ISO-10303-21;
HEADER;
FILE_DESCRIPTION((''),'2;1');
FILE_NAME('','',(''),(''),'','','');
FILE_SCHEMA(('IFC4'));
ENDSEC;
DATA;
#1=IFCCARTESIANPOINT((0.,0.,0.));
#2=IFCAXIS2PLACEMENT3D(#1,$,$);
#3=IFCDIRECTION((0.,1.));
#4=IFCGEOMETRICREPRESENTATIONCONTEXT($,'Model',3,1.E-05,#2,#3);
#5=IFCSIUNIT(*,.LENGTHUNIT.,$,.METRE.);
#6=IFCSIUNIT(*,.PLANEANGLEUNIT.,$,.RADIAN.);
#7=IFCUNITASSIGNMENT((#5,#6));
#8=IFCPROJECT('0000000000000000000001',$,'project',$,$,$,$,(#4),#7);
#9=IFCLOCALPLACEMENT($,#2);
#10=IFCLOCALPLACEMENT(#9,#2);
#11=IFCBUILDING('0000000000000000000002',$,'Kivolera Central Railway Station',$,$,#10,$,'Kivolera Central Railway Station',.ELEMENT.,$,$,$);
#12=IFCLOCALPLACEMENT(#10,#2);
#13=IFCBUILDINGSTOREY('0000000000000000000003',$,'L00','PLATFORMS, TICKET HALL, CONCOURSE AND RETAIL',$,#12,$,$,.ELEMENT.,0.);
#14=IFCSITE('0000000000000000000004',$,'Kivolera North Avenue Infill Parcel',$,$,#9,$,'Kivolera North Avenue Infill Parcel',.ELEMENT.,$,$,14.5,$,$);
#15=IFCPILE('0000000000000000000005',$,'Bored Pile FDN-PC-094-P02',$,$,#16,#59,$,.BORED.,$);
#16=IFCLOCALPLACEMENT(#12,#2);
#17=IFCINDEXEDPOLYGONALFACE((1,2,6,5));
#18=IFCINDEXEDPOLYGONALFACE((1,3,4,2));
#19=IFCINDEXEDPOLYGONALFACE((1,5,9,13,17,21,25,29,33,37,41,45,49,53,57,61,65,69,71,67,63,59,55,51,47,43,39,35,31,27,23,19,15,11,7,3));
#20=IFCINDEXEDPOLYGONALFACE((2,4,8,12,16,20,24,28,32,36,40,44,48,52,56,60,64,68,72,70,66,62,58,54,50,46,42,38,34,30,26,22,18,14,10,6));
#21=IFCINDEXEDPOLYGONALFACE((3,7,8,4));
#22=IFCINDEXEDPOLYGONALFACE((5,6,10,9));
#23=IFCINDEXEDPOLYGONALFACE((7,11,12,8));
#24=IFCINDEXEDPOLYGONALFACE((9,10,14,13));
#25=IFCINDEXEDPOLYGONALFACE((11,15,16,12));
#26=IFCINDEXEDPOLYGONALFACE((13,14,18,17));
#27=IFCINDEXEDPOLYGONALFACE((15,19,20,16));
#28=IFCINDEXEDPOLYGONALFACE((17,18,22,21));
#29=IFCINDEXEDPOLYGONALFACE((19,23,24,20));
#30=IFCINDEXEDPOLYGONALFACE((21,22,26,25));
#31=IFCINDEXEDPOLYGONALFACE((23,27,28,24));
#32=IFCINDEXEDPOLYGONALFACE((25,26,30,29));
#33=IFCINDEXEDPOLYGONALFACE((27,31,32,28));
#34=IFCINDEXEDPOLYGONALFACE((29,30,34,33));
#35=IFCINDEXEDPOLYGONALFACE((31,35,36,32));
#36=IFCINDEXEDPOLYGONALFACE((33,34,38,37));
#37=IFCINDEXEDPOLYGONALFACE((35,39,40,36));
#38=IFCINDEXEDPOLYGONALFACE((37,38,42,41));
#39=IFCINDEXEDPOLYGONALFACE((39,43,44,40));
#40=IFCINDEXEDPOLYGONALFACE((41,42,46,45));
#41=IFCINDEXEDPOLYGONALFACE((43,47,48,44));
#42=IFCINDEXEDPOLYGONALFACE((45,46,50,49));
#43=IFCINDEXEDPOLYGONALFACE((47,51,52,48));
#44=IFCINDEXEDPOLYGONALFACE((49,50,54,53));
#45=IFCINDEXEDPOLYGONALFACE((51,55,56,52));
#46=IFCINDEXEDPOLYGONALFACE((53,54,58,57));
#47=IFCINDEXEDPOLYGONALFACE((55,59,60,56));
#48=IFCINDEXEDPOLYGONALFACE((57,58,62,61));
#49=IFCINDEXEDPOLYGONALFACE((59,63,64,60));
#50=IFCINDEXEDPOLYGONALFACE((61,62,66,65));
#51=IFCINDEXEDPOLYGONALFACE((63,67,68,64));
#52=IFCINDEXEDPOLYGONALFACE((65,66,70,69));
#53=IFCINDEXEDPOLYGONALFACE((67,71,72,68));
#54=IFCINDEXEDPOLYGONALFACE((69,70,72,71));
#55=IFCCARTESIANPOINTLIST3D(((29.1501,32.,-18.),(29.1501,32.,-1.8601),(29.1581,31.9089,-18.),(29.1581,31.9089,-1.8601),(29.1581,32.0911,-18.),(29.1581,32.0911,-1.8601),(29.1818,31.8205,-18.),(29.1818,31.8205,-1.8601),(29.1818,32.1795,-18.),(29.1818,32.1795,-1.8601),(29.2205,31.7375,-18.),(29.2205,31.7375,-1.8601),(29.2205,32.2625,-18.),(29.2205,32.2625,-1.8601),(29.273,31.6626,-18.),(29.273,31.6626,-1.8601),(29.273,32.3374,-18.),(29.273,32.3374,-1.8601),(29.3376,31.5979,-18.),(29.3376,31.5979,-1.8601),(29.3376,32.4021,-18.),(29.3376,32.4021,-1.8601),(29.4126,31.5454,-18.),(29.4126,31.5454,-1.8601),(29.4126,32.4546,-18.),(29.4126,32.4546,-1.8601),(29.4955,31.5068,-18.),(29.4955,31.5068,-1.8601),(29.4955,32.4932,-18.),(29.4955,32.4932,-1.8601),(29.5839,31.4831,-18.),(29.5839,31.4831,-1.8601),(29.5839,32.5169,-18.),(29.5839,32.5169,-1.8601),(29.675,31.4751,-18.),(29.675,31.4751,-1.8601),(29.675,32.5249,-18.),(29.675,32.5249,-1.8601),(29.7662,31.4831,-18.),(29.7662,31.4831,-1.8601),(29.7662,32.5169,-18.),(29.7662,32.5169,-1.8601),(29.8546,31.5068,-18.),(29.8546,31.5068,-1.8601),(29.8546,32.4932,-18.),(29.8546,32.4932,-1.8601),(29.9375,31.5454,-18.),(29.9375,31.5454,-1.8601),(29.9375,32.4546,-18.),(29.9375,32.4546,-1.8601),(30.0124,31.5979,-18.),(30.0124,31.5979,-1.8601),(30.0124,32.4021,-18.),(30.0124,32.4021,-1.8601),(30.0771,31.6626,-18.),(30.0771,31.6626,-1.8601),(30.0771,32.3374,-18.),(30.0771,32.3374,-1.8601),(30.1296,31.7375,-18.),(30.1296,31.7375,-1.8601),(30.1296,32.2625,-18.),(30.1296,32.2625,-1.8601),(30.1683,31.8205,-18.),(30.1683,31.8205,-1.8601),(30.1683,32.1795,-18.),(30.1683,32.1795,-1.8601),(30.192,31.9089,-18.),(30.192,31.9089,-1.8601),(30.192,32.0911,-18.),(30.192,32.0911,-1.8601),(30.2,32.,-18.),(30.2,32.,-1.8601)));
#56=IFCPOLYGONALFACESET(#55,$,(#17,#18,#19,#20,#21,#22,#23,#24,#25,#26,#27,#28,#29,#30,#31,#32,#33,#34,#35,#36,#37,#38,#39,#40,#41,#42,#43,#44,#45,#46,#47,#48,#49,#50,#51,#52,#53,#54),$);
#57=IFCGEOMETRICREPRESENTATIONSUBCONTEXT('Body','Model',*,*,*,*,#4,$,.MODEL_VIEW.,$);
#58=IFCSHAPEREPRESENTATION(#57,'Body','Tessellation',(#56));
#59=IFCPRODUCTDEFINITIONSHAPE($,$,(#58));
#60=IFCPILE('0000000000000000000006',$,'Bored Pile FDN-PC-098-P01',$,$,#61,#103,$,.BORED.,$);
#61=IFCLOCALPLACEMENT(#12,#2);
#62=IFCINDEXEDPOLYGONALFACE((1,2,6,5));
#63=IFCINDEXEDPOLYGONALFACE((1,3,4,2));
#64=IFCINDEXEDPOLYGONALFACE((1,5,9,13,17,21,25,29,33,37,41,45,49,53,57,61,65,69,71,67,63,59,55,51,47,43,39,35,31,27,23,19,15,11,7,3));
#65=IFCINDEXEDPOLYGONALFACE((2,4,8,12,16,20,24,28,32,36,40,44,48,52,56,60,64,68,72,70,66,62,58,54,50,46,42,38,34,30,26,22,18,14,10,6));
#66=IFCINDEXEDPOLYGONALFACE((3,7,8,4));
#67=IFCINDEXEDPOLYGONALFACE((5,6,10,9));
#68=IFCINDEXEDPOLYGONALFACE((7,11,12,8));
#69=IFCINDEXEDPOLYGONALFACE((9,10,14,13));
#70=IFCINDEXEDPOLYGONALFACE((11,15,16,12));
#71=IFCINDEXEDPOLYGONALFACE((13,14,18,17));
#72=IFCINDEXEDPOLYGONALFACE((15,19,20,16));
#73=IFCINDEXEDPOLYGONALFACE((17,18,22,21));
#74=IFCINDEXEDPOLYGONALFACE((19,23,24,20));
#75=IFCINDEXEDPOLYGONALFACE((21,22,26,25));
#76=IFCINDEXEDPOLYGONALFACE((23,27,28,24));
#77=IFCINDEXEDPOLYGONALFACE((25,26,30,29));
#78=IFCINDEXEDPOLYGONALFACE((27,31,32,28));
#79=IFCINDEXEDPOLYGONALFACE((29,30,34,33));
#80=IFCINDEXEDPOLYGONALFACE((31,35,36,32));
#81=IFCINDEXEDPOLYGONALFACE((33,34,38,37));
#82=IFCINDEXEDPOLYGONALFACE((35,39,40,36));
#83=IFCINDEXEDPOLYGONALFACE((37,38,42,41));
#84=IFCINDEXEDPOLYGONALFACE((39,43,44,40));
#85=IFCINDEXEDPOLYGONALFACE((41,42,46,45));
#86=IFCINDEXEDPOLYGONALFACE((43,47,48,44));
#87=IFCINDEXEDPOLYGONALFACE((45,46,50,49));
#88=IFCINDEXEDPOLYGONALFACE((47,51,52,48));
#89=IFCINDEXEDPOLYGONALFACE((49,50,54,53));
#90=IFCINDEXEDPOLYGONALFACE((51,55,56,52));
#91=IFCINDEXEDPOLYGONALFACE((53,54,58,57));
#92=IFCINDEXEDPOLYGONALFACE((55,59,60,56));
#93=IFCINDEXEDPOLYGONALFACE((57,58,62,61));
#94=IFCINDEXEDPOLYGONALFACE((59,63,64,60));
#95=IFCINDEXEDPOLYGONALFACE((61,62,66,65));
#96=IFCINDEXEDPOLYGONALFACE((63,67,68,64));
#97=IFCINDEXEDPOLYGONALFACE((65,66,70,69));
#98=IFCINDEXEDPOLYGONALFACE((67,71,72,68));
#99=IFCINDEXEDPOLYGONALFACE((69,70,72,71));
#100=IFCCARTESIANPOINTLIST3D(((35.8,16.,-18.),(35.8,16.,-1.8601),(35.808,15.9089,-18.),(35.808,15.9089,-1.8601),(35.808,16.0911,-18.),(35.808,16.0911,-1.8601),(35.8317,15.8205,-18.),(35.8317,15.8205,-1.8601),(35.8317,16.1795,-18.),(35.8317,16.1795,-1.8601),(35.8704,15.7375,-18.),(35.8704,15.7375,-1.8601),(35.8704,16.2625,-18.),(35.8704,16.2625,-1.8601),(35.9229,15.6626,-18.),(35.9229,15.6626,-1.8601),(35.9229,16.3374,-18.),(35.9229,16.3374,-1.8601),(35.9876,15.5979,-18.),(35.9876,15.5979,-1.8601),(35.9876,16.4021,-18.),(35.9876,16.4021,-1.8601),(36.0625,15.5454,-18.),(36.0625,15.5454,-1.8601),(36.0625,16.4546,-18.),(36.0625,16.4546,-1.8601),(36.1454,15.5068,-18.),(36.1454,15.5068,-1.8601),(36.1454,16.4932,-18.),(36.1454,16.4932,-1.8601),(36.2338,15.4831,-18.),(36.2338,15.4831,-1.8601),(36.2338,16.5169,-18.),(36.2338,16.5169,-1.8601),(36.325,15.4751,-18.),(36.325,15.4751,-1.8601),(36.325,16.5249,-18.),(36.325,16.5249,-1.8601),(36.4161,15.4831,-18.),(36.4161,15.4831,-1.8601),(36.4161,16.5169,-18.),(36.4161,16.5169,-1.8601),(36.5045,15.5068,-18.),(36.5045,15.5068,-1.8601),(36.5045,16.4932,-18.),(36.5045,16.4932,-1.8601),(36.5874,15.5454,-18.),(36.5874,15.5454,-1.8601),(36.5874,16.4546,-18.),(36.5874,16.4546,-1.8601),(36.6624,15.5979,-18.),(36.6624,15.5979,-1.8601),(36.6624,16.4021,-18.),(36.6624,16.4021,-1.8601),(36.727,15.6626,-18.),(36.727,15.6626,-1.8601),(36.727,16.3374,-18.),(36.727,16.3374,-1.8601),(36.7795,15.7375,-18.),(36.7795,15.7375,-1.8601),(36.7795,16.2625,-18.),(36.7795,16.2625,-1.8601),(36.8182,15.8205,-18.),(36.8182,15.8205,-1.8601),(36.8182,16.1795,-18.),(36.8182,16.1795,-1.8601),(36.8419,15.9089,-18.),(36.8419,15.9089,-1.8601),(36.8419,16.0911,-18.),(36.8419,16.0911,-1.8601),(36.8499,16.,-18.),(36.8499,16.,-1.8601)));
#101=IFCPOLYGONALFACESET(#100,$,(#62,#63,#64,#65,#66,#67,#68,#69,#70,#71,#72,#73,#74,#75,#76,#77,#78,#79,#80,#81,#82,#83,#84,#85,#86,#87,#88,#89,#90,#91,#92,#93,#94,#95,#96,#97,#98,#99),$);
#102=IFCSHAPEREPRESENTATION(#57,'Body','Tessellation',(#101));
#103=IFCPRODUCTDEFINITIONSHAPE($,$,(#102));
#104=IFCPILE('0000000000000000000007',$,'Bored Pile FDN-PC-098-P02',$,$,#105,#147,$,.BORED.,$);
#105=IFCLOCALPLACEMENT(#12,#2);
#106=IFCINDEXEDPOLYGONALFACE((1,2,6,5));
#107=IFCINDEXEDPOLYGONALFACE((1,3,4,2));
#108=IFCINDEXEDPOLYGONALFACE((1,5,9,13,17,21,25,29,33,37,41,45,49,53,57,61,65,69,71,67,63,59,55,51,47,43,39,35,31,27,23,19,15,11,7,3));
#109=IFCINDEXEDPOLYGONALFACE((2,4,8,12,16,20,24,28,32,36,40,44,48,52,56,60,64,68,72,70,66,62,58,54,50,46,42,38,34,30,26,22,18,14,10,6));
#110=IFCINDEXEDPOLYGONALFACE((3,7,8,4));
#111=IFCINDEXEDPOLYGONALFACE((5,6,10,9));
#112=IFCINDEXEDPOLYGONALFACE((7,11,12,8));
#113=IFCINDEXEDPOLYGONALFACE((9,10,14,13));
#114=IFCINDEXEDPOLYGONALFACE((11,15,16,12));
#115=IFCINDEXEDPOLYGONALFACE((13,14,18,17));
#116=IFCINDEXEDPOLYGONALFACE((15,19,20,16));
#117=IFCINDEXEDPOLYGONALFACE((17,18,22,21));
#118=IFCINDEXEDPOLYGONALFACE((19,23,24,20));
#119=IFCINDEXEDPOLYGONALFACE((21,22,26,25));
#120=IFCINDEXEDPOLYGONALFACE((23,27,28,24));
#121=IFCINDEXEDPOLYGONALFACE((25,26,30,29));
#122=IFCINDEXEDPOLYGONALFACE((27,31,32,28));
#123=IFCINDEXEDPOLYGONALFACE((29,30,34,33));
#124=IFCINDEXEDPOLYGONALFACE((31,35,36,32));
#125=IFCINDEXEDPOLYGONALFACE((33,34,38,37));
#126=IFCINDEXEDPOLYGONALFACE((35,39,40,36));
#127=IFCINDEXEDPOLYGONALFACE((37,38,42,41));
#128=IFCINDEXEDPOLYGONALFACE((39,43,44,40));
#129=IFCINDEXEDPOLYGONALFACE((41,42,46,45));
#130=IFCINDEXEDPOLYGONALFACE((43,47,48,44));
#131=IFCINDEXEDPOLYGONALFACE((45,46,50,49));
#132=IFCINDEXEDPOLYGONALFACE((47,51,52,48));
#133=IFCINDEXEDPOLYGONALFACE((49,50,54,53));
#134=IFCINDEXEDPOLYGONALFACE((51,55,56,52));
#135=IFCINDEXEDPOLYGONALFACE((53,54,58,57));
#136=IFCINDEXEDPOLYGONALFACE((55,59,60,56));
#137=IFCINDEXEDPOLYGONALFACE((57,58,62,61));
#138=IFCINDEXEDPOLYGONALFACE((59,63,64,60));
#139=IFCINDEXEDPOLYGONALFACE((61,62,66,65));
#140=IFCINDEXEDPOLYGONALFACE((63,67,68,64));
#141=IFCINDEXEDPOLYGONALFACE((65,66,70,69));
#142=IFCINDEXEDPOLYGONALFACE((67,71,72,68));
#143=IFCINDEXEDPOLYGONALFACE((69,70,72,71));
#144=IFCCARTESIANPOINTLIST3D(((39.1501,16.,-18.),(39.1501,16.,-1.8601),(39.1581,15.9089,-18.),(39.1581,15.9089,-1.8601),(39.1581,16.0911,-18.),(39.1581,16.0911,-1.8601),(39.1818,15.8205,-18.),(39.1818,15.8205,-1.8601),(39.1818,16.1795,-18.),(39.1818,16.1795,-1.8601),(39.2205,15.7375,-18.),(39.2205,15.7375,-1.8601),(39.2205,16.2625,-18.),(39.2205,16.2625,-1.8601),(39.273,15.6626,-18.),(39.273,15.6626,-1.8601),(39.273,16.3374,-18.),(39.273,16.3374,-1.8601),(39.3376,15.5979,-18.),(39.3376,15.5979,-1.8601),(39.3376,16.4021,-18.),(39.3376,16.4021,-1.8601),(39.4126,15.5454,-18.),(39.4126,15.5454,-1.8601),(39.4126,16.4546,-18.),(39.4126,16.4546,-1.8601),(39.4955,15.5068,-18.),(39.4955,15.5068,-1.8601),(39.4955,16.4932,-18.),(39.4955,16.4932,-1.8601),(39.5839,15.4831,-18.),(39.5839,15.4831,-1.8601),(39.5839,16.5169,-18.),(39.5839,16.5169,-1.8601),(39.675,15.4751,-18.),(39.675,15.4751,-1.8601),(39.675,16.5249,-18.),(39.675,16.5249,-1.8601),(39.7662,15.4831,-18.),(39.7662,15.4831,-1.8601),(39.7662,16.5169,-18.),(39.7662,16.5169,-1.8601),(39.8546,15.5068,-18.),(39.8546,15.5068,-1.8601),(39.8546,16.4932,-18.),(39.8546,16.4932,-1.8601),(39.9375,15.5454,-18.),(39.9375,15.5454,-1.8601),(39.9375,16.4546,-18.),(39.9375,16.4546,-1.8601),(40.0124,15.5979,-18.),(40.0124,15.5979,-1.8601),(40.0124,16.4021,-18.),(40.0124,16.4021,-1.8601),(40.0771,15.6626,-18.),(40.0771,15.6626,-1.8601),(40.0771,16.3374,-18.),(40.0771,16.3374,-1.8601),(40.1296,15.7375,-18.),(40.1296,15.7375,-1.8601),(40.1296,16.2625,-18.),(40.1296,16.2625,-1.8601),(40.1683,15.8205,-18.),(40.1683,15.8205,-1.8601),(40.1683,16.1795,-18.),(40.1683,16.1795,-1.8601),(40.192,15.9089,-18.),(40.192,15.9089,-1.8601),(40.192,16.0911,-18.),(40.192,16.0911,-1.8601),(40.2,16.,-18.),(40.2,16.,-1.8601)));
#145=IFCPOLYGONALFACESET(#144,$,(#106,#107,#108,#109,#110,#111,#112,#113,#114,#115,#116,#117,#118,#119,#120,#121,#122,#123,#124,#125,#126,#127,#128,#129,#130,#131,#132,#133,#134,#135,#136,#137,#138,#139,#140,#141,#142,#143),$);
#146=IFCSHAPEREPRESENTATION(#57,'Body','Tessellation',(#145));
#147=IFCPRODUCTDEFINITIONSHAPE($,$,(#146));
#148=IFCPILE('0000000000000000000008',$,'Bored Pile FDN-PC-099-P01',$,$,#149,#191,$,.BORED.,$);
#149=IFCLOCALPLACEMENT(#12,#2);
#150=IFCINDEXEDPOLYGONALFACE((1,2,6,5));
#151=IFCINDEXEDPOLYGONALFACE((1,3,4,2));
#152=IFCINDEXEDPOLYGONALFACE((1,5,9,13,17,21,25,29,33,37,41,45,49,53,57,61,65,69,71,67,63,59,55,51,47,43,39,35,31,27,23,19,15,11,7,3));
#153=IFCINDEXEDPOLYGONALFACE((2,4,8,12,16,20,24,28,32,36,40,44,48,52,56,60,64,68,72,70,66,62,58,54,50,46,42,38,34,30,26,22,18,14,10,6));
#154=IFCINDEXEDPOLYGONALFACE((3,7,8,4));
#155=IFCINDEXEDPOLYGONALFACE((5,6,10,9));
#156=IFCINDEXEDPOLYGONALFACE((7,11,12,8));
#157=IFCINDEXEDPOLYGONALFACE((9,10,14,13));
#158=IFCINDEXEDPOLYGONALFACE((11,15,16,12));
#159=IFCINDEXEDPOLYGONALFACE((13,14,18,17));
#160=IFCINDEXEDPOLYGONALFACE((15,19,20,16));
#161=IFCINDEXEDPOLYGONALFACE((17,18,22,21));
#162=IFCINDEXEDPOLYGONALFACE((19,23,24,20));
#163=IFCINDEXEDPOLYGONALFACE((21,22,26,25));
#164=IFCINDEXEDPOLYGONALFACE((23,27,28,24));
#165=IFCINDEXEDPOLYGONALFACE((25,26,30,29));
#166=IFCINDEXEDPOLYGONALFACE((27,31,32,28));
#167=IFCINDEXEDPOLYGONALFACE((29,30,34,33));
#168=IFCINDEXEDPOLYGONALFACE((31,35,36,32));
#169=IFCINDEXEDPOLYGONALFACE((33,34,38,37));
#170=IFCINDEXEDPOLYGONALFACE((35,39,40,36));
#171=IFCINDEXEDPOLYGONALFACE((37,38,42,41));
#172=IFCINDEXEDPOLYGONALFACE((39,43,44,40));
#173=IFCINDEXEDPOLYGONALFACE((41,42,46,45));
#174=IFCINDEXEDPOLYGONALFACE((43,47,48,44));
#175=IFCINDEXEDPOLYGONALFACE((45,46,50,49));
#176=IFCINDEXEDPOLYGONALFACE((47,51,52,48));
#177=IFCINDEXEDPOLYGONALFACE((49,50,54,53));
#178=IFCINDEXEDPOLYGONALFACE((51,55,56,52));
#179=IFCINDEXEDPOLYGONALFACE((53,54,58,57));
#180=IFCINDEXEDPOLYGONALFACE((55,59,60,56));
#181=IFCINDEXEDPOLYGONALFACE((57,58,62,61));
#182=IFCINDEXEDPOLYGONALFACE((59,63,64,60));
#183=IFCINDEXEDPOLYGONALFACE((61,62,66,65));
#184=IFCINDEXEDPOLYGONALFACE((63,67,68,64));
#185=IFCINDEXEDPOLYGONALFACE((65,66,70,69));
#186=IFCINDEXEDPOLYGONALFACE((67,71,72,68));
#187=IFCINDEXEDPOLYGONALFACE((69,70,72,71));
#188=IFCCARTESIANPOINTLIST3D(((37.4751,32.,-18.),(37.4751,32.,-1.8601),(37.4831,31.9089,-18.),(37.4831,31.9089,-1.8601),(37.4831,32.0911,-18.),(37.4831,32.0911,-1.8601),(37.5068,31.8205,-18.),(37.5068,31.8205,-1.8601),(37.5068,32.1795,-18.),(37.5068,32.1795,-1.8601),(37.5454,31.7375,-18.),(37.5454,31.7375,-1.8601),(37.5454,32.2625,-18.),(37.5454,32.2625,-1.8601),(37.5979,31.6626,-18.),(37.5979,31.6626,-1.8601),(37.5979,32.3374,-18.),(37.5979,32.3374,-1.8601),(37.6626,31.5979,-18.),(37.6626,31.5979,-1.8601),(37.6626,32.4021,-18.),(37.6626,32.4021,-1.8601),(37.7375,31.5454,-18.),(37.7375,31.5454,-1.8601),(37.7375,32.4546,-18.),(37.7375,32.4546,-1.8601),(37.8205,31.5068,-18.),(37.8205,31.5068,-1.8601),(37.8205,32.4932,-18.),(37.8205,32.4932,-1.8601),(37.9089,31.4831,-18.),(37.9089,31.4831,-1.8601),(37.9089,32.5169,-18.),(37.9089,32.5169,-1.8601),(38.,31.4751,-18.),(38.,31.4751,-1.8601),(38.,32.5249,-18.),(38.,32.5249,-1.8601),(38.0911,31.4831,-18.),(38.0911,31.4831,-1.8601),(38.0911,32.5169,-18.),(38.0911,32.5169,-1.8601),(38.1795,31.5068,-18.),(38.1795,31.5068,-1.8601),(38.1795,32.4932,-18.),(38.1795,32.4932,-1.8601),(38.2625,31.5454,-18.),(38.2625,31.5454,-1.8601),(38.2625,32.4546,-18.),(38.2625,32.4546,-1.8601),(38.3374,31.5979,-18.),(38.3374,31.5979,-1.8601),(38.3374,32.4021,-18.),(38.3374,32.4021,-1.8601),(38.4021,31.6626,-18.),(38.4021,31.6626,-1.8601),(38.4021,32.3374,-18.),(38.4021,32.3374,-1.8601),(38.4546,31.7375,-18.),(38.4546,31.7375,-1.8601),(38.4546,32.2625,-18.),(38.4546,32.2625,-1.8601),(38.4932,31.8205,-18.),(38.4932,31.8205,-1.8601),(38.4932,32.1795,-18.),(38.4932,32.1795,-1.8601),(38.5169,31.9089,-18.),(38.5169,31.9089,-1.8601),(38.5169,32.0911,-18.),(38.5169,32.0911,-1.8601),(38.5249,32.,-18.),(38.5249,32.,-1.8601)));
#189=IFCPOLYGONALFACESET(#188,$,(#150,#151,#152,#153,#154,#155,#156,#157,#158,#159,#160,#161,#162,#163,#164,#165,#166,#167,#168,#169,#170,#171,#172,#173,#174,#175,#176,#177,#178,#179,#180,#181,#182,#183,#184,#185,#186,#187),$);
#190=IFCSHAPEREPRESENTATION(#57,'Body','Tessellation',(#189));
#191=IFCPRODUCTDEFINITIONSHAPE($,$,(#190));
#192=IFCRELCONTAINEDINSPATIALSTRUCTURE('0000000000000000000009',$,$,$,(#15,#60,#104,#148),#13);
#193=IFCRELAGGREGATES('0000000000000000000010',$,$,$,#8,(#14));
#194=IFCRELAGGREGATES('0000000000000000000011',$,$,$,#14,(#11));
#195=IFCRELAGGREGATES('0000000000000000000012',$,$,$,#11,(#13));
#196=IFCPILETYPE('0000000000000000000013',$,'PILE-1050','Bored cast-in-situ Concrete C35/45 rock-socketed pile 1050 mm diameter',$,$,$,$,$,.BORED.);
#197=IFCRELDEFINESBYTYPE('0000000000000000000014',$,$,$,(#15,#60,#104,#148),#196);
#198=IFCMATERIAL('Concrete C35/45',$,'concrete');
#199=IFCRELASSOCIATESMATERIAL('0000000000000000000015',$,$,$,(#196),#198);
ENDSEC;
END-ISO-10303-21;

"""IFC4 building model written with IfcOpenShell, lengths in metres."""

from ifc_helpers import new_model, si_unit, direction, frame, origin, origin_2d, place, context, subcontext, project, spatial, circle, extrude, material, material_profile, profile_set, type_object, element, save


model = new_model("IFC4")

# Units and contexts
model_context = context("Model", 3, precision=1e-05, world=origin(), true_north=direction((0.0, 1.0)))
body_context = subcontext(model_context, "Body", "Model", "MODEL_VIEW")
ifc_project = project(units=[si_unit("LENGTHUNIT", "METRE"), si_unit("PLANEANGLEUNIT", "RADIAN")], contexts=[model_context])

# Site, building, storey
site_placement = place(None, origin())
site = spatial("IfcSite", under=ifc_project, at=site_placement, Name="Kivolera North Avenue Infill Parcel", LongName="Kivolera North Avenue Infill Parcel", CompositionType="ELEMENT", RefElevation=14.5)
building_placement = place(site_placement, origin())
building = spatial("IfcBuilding", under=site, at=building_placement, Name="Kivolera Central Railway Station", LongName="Kivolera Central Railway Station", CompositionType="ELEMENT")
storey_placement = place(building_placement, origin())
storey = spatial("IfcBuildingStorey", under=building, at=storey_placement, Name="L00", Description="PLATFORMS, TICKET HALL, CONCOURSE AND RETAIL", CompositionType="ELEMENT", Elevation=0.0)

# Shared definitions
ifc_material_1 = material(Name="Concrete C35/45", Category="concrete")

# Piles
ifc_material_profile_1 = material_profile(ifc_material_1, circle(Radius=0.5249, at=origin_2d()), Name="PILE D1050")
ifc_profile_set_1 = profile_set([ifc_material_profile_1], Name="Concrete C35/45")
pile_type = type_object("IfcPileType", Name="PILE-1050", Description="Bored cast-in-situ Concrete C35/45 rock-socketed pile 1050 mm diameter", PredefinedType="BORED", material=ifc_profile_set_1)
for number, where, z_axis, x_axis, name in (
    (1, (29.675, 32.0, -1.8601), (0.0, 0.0, -1.0), (1.0, 0.0, 0.0), "Bored Pile FDN-PC-094-P02"),
    (2, (36.325, 16.0, -1.8601), (0.0, 0.0, -1.0), (1.0, 0.0, 0.0), "Bored Pile FDN-PC-098-P01"),
    (3, (39.675, 16.0, -1.8601), (0.0, 0.0, -1.0), (1.0, 0.0, 0.0), "Bored Pile FDN-PC-098-P02"),
    (4, (38.0, 32.0, -1.8601), (0.0, 0.0, -1.0), (1.0, 0.0, 0.0), "Bored Pile FDN-PC-099-P01"),
):
    element("IfcPile", number, at=place(storey_placement, frame(where, z_axis=z_axis, x_axis=x_axis)), inside=storey, type_object=pile_type, Name=name, PredefinedType="BORED", context=body_context, shape_type="SweptSolid", body=[
        extrude(circle(Radius=0.5249, at=origin_2d()), origin(), (0.0, 0.0, 1.0), 16.1399),
    ])

save(model, "model.ifc")
